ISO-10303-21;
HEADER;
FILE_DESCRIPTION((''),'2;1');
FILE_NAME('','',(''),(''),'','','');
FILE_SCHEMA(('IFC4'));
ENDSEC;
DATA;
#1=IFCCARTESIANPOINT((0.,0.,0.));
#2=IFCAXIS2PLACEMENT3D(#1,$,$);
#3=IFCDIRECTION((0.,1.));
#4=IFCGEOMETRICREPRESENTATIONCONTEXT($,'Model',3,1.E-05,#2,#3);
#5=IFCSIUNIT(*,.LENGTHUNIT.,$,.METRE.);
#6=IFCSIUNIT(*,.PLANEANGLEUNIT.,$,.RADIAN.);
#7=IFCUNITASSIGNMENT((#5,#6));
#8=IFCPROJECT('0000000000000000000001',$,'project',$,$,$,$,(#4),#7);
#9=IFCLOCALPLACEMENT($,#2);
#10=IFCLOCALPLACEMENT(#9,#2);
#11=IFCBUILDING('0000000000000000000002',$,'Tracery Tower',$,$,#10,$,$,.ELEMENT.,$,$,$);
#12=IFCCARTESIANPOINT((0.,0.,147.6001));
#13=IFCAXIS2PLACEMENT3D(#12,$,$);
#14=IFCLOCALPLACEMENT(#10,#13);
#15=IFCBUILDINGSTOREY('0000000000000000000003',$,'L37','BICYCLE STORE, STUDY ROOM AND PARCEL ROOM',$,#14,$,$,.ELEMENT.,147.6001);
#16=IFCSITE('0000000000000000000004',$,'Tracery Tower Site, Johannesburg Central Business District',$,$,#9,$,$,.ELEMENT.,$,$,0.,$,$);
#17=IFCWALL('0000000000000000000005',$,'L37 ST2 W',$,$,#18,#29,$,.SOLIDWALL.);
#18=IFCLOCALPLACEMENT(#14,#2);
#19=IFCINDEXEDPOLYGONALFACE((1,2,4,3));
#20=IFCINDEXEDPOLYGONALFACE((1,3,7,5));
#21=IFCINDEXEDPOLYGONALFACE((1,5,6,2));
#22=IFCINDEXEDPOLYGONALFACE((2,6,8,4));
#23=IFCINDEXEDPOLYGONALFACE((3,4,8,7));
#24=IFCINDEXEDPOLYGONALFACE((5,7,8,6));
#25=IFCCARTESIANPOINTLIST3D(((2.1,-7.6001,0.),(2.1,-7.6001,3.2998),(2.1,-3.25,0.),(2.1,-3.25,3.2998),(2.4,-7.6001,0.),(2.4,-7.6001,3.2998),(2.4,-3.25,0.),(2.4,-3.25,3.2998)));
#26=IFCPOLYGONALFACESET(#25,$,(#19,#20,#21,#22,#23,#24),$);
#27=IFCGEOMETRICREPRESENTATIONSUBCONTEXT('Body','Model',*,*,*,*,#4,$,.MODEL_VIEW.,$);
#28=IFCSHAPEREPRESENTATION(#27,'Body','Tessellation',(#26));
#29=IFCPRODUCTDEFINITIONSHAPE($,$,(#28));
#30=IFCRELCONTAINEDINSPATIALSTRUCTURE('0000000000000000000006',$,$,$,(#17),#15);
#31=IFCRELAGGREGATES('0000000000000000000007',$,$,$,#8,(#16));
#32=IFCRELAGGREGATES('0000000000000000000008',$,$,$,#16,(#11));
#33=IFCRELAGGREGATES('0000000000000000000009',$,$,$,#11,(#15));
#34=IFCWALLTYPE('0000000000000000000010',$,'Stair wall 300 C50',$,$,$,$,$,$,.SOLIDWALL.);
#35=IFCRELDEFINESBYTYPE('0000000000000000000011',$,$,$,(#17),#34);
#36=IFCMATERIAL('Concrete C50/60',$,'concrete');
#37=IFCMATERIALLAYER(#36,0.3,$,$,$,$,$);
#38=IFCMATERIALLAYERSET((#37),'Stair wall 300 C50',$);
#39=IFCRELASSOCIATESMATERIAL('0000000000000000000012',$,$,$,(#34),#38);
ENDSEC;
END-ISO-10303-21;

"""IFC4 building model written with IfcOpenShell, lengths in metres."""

from ifc_helpers import new_model, si_unit, direction, frame, frame_2d, origin, place, context, subcontext, project, spatial, rectangle, extrude, material, layer, layer_set, type_object, element, save


model = new_model("IFC4")

# Units and contexts
model_context = context("Model", 3, precision=1e-05, world=origin(), true_north=direction((0.0, 1.0)))
body_context = subcontext(model_context, "Body", "Model", "MODEL_VIEW")
ifc_project = project(units=[si_unit("LENGTHUNIT", "METRE"), si_unit("PLANEANGLEUNIT", "RADIAN")], contexts=[model_context])

# Site, building, storey
site_placement = place(None, origin())
site = spatial("IfcSite", under=ifc_project, at=site_placement, Name="Tracery Tower Site, Johannesburg Central Business District", CompositionType="ELEMENT", RefElevation=0.0)
building_placement = place(site_placement, origin())
building = spatial("IfcBuilding", under=site, at=building_placement, Name="Tracery Tower", CompositionType="ELEMENT")
storey_placement = place(building_placement, frame((0.0, 0.0, 147.6001)))
storey = spatial("IfcBuildingStorey", under=building, at=storey_placement, Name="L37", Description="BICYCLE STORE, STUDY ROOM AND PARCEL ROOM", CompositionType="ELEMENT", Elevation=147.6001)

# Wall
ifc_material_1 = material(Name="Concrete C50/60", Category="concrete")
ifc_layer_1 = layer(ifc_material_1, 0.3)
ifc_layer_set_1 = layer_set([ifc_layer_1], Name="Stair wall 300 C50")
wall_type_1 = type_object("IfcWallType", Name="Stair wall 300 C50", PredefinedType="SOLIDWALL", material=ifc_layer_set_1)
wall_1_placement = place(storey_placement, frame((2.25, -7.6001, 0.0), z_axis=(0.0, 0.0, 1.0), x_axis=(0.0, 1.0, 0.0)))
element("IfcWall", 1, at=wall_1_placement, inside=storey, type_object=wall_type_1, Name="L37 ST2 W", PredefinedType="SOLIDWALL", context=body_context, shape_type="SweptSolid", body=[
    extrude(rectangle(XDim=4.3501, YDim=0.3, at=frame_2d((2.175, 0.0))), origin(), (0.0, 0.0, 1.0), 3.2998),
])

save(model, "model.ifc")
